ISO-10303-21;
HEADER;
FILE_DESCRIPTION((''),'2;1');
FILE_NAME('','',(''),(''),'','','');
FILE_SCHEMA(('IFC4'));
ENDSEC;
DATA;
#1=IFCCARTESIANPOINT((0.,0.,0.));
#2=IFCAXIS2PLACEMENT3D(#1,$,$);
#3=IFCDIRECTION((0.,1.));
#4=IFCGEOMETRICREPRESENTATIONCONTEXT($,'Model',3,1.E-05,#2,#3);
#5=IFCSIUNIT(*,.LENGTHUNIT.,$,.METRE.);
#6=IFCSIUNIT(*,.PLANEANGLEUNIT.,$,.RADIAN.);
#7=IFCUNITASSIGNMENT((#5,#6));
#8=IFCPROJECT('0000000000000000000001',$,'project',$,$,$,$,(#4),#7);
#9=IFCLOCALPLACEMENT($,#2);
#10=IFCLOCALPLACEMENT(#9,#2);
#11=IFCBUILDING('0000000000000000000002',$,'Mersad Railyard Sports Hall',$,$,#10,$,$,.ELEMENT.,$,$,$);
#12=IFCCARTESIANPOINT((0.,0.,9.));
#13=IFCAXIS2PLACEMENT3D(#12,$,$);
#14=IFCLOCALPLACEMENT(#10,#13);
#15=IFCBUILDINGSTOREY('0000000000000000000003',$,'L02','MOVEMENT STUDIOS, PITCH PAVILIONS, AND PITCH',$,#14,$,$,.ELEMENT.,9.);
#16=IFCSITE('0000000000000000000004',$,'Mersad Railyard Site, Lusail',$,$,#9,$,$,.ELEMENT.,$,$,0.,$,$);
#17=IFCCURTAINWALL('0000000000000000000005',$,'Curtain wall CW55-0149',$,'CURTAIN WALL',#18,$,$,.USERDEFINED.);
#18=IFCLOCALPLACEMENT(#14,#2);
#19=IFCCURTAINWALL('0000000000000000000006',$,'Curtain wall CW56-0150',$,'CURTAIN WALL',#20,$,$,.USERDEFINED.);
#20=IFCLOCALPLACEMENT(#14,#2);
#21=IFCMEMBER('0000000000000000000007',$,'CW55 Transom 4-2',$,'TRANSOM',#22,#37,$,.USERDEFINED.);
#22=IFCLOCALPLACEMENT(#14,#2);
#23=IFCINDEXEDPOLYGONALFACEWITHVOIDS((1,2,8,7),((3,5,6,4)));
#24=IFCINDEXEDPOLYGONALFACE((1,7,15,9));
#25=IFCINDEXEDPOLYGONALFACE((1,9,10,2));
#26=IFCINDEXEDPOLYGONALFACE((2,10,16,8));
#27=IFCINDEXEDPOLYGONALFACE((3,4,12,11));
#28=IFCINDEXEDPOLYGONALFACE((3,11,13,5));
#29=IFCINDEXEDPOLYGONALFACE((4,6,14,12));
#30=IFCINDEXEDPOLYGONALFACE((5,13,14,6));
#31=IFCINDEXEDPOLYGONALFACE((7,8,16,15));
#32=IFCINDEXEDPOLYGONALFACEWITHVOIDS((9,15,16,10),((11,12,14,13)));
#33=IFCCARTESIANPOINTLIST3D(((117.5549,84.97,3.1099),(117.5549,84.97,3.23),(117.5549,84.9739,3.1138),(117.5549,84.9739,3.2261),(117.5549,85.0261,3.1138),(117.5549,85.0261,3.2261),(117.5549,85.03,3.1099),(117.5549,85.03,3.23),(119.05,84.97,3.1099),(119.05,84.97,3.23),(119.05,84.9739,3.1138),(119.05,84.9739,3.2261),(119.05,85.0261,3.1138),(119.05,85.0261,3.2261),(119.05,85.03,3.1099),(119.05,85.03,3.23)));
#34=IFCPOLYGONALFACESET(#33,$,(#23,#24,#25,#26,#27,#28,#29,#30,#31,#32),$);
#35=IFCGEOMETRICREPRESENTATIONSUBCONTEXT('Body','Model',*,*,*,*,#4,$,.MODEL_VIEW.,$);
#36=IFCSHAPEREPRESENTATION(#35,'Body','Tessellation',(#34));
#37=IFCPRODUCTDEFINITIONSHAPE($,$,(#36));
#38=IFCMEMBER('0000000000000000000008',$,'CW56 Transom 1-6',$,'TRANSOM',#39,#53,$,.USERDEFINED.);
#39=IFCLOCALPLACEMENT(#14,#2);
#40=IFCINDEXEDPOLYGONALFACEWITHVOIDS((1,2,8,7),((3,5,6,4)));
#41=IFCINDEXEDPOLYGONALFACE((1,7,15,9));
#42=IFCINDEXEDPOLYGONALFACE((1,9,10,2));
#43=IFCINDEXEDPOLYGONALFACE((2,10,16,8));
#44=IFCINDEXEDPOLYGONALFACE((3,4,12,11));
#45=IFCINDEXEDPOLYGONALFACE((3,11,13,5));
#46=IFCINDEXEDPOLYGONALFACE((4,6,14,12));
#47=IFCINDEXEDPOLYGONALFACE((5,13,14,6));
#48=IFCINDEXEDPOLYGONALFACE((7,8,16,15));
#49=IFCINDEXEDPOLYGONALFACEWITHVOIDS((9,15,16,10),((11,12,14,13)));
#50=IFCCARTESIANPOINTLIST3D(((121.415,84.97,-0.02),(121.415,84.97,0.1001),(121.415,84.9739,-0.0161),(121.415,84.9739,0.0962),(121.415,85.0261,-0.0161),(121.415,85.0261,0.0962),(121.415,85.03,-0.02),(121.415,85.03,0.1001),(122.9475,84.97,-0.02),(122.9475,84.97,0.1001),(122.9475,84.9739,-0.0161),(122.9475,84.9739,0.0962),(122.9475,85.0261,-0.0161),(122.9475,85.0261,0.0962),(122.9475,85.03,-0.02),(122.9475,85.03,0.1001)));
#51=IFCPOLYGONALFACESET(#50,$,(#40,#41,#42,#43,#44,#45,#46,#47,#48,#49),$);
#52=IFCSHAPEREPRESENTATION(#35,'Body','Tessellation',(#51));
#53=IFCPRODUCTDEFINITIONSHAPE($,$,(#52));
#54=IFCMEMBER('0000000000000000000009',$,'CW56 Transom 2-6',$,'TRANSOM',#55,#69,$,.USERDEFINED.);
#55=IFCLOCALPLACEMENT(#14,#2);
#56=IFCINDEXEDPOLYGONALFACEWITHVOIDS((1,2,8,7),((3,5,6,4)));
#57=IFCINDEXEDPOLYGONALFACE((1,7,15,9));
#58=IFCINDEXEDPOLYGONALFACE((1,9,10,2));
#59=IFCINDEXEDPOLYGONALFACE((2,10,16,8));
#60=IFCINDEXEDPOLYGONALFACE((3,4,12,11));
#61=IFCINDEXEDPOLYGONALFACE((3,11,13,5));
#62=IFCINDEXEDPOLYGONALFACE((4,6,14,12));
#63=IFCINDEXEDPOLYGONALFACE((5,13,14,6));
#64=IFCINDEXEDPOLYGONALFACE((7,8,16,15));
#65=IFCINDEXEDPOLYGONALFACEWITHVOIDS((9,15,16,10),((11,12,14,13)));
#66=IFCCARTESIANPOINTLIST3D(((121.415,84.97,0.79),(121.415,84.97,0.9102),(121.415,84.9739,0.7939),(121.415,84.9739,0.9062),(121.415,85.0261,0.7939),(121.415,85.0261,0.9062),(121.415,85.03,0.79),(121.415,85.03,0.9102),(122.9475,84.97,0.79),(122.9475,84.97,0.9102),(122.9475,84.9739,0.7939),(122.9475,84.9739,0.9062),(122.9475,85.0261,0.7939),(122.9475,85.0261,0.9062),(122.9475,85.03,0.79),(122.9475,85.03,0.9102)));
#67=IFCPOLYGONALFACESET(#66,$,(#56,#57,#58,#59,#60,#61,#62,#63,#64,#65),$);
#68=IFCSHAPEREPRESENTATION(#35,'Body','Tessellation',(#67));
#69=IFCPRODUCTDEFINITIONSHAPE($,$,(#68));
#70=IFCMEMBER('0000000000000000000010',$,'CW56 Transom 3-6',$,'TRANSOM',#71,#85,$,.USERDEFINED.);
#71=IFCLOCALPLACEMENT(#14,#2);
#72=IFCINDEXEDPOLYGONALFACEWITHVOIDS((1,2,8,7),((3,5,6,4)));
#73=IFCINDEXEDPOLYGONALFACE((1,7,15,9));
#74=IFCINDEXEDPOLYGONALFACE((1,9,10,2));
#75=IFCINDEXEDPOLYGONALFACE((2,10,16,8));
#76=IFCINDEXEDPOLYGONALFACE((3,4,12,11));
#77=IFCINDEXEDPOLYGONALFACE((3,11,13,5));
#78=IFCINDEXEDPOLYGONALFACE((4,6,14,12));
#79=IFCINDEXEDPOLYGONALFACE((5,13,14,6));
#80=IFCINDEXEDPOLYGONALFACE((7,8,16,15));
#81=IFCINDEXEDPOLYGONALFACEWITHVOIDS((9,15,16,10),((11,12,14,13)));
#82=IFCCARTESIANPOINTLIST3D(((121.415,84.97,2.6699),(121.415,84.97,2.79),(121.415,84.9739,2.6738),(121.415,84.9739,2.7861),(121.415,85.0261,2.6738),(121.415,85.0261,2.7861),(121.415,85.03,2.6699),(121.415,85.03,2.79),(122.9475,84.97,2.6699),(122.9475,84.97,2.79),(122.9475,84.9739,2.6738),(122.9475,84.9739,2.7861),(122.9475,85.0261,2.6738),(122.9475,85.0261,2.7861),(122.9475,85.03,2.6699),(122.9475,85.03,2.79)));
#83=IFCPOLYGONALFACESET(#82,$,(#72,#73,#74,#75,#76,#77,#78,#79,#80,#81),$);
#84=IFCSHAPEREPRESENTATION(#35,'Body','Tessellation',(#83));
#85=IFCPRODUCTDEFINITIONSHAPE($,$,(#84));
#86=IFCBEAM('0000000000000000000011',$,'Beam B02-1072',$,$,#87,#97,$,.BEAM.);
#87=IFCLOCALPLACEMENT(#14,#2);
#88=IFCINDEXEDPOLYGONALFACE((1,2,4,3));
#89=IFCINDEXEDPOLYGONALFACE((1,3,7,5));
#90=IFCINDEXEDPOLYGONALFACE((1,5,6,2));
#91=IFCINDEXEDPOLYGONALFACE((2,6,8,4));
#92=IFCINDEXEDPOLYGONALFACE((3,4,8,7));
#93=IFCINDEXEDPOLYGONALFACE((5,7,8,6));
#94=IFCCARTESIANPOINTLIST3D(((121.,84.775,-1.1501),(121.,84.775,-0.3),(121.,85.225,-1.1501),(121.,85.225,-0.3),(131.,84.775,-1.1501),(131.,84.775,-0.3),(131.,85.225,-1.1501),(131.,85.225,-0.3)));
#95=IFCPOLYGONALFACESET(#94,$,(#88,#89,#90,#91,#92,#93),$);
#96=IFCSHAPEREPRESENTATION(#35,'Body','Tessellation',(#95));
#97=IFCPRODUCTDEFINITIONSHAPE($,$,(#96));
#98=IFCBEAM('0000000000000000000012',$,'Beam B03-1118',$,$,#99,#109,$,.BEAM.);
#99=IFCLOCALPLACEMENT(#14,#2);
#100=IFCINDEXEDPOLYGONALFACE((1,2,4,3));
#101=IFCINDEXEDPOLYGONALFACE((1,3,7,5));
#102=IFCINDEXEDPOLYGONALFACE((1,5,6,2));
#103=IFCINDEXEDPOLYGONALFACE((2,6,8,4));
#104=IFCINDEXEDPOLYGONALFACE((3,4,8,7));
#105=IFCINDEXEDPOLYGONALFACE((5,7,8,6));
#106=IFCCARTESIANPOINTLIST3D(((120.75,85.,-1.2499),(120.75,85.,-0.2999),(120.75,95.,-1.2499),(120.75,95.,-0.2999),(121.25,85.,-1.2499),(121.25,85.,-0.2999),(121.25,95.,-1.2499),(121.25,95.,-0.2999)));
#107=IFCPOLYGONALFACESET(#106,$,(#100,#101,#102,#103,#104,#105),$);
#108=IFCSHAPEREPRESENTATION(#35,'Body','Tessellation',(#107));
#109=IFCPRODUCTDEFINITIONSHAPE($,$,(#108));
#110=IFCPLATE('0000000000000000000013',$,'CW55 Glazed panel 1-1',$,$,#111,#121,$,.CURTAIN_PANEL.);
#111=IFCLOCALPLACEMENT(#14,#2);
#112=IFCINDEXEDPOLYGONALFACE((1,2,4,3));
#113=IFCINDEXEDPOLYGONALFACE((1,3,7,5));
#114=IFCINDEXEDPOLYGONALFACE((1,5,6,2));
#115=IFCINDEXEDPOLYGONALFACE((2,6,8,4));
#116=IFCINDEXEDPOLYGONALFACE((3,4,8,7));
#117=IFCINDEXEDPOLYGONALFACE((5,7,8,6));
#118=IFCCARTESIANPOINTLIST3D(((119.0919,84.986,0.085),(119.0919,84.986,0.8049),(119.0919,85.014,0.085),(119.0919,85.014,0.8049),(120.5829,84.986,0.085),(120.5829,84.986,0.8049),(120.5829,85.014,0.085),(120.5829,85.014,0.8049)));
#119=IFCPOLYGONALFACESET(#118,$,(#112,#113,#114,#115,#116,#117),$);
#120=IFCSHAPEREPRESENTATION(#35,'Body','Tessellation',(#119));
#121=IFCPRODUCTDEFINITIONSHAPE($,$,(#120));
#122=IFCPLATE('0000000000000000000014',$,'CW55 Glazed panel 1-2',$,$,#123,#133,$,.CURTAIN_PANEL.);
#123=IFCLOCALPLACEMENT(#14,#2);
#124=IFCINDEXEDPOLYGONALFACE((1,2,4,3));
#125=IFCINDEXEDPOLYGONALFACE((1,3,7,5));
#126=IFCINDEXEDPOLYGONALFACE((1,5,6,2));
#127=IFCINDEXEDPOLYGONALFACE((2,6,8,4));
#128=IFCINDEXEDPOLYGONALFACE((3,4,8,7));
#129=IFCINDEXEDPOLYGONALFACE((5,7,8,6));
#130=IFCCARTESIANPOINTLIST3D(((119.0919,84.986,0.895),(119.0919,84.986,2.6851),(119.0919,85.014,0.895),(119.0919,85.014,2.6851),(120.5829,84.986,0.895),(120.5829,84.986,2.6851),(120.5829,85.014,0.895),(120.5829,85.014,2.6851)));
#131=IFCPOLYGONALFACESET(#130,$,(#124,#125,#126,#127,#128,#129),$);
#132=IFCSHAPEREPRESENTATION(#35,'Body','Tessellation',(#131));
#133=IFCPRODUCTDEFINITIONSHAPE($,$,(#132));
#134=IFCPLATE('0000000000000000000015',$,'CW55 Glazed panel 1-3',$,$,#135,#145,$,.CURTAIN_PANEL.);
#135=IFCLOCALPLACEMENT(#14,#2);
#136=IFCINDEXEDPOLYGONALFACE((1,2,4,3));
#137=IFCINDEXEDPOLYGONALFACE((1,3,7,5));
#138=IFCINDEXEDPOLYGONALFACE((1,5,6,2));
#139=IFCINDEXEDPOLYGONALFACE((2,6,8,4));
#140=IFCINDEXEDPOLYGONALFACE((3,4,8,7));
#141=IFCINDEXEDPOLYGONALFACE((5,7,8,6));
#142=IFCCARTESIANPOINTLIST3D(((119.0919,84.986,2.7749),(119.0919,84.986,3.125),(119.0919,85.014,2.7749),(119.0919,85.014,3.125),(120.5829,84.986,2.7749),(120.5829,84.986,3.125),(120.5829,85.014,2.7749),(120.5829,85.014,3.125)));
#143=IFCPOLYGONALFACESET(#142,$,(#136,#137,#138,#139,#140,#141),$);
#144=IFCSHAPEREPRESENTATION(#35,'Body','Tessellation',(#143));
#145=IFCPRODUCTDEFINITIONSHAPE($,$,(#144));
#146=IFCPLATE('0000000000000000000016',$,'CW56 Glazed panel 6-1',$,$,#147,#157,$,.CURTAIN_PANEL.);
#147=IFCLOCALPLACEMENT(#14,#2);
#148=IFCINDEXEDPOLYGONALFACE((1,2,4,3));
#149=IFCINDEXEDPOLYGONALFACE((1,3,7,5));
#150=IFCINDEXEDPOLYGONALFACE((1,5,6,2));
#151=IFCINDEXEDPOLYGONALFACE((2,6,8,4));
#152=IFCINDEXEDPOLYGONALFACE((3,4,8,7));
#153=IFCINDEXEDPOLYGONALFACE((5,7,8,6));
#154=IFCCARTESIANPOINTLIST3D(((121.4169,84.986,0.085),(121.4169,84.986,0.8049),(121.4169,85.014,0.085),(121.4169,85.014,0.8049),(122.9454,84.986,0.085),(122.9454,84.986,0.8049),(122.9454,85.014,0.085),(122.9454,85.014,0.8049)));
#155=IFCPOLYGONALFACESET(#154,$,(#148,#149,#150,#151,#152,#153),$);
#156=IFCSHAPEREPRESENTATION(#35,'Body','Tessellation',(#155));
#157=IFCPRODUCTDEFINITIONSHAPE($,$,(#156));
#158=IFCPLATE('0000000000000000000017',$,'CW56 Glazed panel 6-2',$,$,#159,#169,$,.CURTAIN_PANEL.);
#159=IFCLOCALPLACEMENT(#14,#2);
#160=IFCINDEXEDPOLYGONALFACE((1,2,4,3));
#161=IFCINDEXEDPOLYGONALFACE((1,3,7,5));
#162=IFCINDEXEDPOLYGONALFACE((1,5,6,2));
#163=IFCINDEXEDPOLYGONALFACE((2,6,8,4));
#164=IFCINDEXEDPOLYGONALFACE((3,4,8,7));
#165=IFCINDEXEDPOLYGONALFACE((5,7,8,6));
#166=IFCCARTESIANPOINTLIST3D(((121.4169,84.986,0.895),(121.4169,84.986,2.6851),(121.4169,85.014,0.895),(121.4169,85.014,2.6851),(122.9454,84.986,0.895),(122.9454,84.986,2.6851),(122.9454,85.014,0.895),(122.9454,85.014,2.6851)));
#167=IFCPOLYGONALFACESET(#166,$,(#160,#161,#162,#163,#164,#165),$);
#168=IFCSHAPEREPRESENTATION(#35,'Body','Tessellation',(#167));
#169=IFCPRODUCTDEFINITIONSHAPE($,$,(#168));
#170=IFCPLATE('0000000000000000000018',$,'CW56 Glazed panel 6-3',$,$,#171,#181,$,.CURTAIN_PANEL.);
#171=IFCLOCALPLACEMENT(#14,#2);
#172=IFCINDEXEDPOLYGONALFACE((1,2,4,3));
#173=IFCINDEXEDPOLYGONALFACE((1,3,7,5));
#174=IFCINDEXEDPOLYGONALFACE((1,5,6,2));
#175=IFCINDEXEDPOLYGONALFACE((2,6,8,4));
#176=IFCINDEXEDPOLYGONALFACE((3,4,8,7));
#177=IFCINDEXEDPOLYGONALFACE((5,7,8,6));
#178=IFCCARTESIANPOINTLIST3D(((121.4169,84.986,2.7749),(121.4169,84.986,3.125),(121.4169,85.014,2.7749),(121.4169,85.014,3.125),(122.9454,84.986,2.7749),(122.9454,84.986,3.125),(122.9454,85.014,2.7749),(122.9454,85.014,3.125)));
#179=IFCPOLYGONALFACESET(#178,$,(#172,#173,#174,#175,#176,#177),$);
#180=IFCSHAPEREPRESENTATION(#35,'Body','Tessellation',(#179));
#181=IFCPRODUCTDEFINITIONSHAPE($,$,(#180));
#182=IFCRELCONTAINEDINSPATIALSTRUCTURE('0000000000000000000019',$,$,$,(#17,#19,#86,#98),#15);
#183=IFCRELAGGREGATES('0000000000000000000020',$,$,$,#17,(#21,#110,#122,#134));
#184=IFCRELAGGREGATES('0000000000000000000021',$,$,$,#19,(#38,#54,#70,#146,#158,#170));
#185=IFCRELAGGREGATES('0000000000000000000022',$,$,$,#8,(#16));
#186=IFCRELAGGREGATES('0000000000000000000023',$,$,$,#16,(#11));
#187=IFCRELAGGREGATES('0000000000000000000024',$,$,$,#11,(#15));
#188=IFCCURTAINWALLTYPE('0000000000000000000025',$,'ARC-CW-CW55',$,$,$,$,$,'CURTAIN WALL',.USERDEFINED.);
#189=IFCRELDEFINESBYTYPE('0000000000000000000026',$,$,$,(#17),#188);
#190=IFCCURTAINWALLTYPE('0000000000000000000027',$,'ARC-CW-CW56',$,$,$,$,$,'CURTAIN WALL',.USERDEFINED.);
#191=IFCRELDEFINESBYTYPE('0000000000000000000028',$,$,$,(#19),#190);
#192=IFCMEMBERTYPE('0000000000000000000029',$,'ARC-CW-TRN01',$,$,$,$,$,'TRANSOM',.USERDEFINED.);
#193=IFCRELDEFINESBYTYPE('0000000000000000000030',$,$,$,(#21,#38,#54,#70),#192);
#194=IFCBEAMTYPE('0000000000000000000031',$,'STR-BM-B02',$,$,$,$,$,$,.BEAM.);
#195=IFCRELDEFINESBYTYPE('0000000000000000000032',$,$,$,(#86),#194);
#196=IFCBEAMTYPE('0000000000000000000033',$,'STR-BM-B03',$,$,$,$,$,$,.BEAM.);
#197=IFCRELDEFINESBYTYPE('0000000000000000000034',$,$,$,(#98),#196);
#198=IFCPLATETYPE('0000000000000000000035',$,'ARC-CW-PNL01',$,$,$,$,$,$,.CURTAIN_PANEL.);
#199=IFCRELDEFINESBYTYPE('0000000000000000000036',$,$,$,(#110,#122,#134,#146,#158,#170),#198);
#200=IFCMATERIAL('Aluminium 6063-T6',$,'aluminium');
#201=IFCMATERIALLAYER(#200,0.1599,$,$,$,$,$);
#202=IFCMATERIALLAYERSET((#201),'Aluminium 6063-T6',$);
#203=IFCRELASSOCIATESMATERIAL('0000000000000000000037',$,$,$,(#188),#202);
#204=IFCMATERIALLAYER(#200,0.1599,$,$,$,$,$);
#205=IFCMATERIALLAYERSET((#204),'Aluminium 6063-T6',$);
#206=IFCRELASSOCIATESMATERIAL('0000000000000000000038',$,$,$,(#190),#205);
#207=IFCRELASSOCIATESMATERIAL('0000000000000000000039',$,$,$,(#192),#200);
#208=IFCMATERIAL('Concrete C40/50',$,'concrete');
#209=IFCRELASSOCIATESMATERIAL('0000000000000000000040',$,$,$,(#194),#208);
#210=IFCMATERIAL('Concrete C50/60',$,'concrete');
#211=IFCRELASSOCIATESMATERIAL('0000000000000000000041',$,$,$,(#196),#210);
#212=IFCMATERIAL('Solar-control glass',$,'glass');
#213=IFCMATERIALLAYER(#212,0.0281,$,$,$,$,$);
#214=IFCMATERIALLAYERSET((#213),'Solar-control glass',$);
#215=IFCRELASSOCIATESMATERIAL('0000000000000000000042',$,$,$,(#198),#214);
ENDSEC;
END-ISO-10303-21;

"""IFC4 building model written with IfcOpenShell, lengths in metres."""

from ifc_helpers import new_model, si_unit, direction, frame, origin, origin_2d, place, context, subcontext, project, spatial, rectangle, hollow_rectangle, extrude, material, layer, layer_set, material_profile, profile_set, type_object, element, aggregate, save


model = new_model("IFC4")

# Units and contexts
model_context = context("Model", 3, precision=1e-05, world=origin(), true_north=direction((0.0, 1.0)))
body_context = subcontext(model_context, "Body", "Model", "MODEL_VIEW")
ifc_project = project(units=[si_unit("LENGTHUNIT", "METRE"), si_unit("PLANEANGLEUNIT", "RADIAN")], contexts=[model_context])

# Site, building, storey
site_placement = place(None, origin())
site = spatial("IfcSite", under=ifc_project, at=site_placement, Name="Mersad Railyard Site, Lusail", CompositionType="ELEMENT", RefElevation=0.0)
building_placement = place(site_placement, origin())
building = spatial("IfcBuilding", under=site, at=building_placement, Name="Mersad Railyard Sports Hall", CompositionType="ELEMENT")
storey_placement = place(building_placement, frame((0.0, 0.0, 9.0)))
storey = spatial("IfcBuildingStorey", under=building, at=storey_placement, Name="L02", Description="MOVEMENT STUDIOS, PITCH PAVILIONS, AND PITCH", CompositionType="ELEMENT", Elevation=9.0)

# Shared definitions
ifc_material_1 = material(Name="Concrete C50/60", Category="concrete")

# Curtain wall
ifc_material_2 = material(Name="Aluminium 6063-T6", Category="aluminium")
ifc_layer_1 = layer(ifc_material_2, 0.1599)
ifc_layer_set_1 = layer_set([ifc_layer_1], Name="Aluminium 6063-T6")
curtain_wall_type_1 = type_object("IfcCurtainWallType", Name="ARC-CW-CW55", ElementType="CURTAIN WALL", PredefinedType="USERDEFINED", material=ifc_layer_set_1)
curtain_wall_1_placement = place(storey_placement, origin())
curtain_wall_1 = element("IfcCurtainWall", 1, at=curtain_wall_1_placement, inside=storey, type_object=curtain_wall_type_1, Name="Curtain wall CW55-0149", ObjectType="CURTAIN WALL", PredefinedType="USERDEFINED")

# Curtain wall
ifc_layer_2 = layer(ifc_material_2, 0.1599)
ifc_layer_set_2 = layer_set([ifc_layer_2], Name="Aluminium 6063-T6")
curtain_wall_type_2 = type_object("IfcCurtainWallType", Name="ARC-CW-CW56", ElementType="CURTAIN WALL", PredefinedType="USERDEFINED", material=ifc_layer_set_2)
curtain_wall_2_placement = place(storey_placement, origin())
curtain_wall_2 = element("IfcCurtainWall", 2, at=curtain_wall_2_placement, inside=storey, type_object=curtain_wall_type_2, Name="Curtain wall CW56-0150", ObjectType="CURTAIN WALL", PredefinedType="USERDEFINED")

# Members
ifc_material_profile_1 = material_profile(ifc_material_2, hollow_rectangle(XDim=0.0601, YDim=0.1201, WallThickness=0.0039, at=origin_2d()), Name="AL TRANSOM 60x120x4")
ifc_profile_set_1 = profile_set([ifc_material_profile_1], Name="Aluminium 6063-T6")
member_type_1 = type_object("IfcMemberType", Name="ARC-CW-TRN01", ElementType="TRANSOM", PredefinedType="USERDEFINED", material=ifc_profile_set_1)
member_1_placement = place(storey_placement, frame((119.05, 85.0, 3.1699), z_axis=(-1.0, 0.0, 0.0), x_axis=(0.0, -1.0, 0.0)))
member_1 = element("IfcMember", 3, at=member_1_placement, type_object=member_type_1, Name="CW55 Transom 4-2", ObjectType="TRANSOM", PredefinedType="USERDEFINED", context=body_context, shape_type="SweptSolid", body=[
    extrude(hollow_rectangle(XDim=0.0601, YDim=0.1201, WallThickness=0.0039, at=origin_2d()), origin(), (0.0, 0.0, 1.0), 1.4951),
])
member_2_placement = place(storey_placement, frame((122.9475, 85.0, 0.04), z_axis=(-1.0, 0.0, 0.0), x_axis=(0.0, -1.0, 0.0)))
member_2 = element("IfcMember", 4, at=member_2_placement, type_object=member_type_1, Name="CW56 Transom 1-6", ObjectType="TRANSOM", PredefinedType="USERDEFINED", context=body_context, shape_type="SweptSolid", body=[
    extrude(hollow_rectangle(XDim=0.0601, YDim=0.1201, WallThickness=0.0039, at=origin_2d()), origin(), (0.0, 0.0, 1.0), 1.5325),
])
member_3_placement = place(storey_placement, frame((122.9475, 85.0, 0.8501), z_axis=(-1.0, 0.0, 0.0), x_axis=(0.0, -1.0, 0.0)))
member_3 = element("IfcMember", 5, at=member_3_placement, type_object=member_type_1, Name="CW56 Transom 2-6", ObjectType="TRANSOM", PredefinedType="USERDEFINED", context=body_context, shape_type="SweptSolid", body=[
    extrude(hollow_rectangle(XDim=0.0601, YDim=0.1201, WallThickness=0.0039, at=origin_2d()), origin(), (0.0, 0.0, 1.0), 1.5325),
])
member_4_placement = place(storey_placement, frame((122.9475, 85.0, 2.73), z_axis=(-1.0, 0.0, 0.0), x_axis=(0.0, -1.0, 0.0)))
member_4 = element("IfcMember", 6, at=member_4_placement, type_object=member_type_1, Name="CW56 Transom 3-6", ObjectType="TRANSOM", PredefinedType="USERDEFINED", context=body_context, shape_type="SweptSolid", body=[
    extrude(hollow_rectangle(XDim=0.0601, YDim=0.1201, WallThickness=0.0039, at=origin_2d()), origin(), (0.0, 0.0, 1.0), 1.5325),
])

# Beams
ifc_material_3 = material(Name="Concrete C40/50", Category="concrete")
ifc_material_profile_2 = material_profile(ifc_material_3, rectangle(XDim=0.45, YDim=0.8501, at=origin_2d()), Name="RC 450x850")
ifc_profile_set_2 = profile_set([ifc_material_profile_2], Name="Concrete C40/50")
beam_type_1 = type_object("IfcBeamType", Name="STR-BM-B02", PredefinedType="BEAM", material=ifc_profile_set_2)
beam_1_placement = place(storey_placement, frame((121.0, 85.0, -0.7251), z_axis=(1.0, 0.0, 0.0), x_axis=(0.0, 1.0, 0.0)))
element("IfcBeam", 7, at=beam_1_placement, inside=storey, type_object=beam_type_1, Name="Beam B02-1072", PredefinedType="BEAM", context=body_context, shape_type="SweptSolid", body=[
    extrude(rectangle(XDim=0.45, YDim=0.8501, at=origin_2d()), origin(), (0.0, 0.0, 1.0), 10.0),
])
ifc_material_profile_3 = material_profile(ifc_material_1, rectangle(XDim=0.5, YDim=0.95, at=origin_2d()), Name="RC 500x950")
ifc_profile_set_3 = profile_set([ifc_material_profile_3], Name="Concrete C50/60")
beam_type_2 = type_object("IfcBeamType", Name="STR-BM-B03", PredefinedType="BEAM", material=ifc_profile_set_3)
beam_2_placement = place(storey_placement, frame((121.0, 85.0, -0.7749), z_axis=(0.0, 1.0, 0.0), x_axis=(-1.0, 0.0, 0.0)))
element("IfcBeam", 8, at=beam_2_placement, inside=storey, type_object=beam_type_2, Name="Beam B03-1118", PredefinedType="BEAM", context=body_context, shape_type="SweptSolid", body=[
    extrude(rectangle(XDim=0.5, YDim=0.95, at=origin_2d()), origin(), (0.0, 0.0, 1.0), 10.0),
])

# Plates
ifc_material_4 = material(Name="Solar-control glass", Category="glass")
ifc_layer_3 = layer(ifc_material_4, 0.0281)
ifc_layer_set_3 = layer_set([ifc_layer_3], Name="Solar-control glass")
plate_type = type_object("IfcPlateType", Name="ARC-CW-PNL01", PredefinedType="CURTAIN_PANEL", material=ifc_layer_set_3)
plate_1_placement = place(storey_placement, frame((119.8374, 85.0, 0.085), z_axis=(0.0, 0.0, 1.0), x_axis=(-1.0, 0.0, 0.0)))
plate_1 = element("IfcPlate", 9, at=plate_1_placement, type_object=plate_type, Name="CW55 Glazed panel 1-1", PredefinedType="CURTAIN_PANEL", context=body_context, shape_type="SweptSolid", body=[
    extrude(rectangle(XDim=1.491, YDim=0.0281, at=origin_2d()), origin(), (0.0, 0.0, 1.0), 0.72),
])
plate_2_placement = place(storey_placement, frame((119.8374, 85.0, 0.895), z_axis=(0.0, 0.0, 1.0), x_axis=(-1.0, 0.0, 0.0)))
plate_2 = element("IfcPlate", 10, at=plate_2_placement, type_object=plate_type, Name="CW55 Glazed panel 1-2", PredefinedType="CURTAIN_PANEL", context=body_context, shape_type="SweptSolid", body=[
    extrude(rectangle(XDim=1.491, YDim=0.0281, at=origin_2d()), origin(), (0.0, 0.0, 1.0), 1.79),
])
plate_3_placement = place(storey_placement, frame((119.8374, 85.0, 2.7749), z_axis=(0.0, 0.0, 1.0), x_axis=(-1.0, 0.0, 0.0)))
plate_3 = element("IfcPlate", 11, at=plate_3_placement, type_object=plate_type, Name="CW55 Glazed panel 1-3", PredefinedType="CURTAIN_PANEL", context=body_context, shape_type="SweptSolid", body=[
    extrude(rectangle(XDim=1.491, YDim=0.0281, at=origin_2d()), origin(), (0.0, 0.0, 1.0), 0.3501),
])
aggregate(curtain_wall_1, [member_1, plate_1, plate_2, plate_3])
plate_4_placement = place(storey_placement, frame((122.1812, 85.0, 0.085), z_axis=(0.0, 0.0, 1.0), x_axis=(-1.0, 0.0, 0.0)))
plate_4 = element("IfcPlate", 12, at=plate_4_placement, type_object=plate_type, Name="CW56 Glazed panel 6-1", PredefinedType="CURTAIN_PANEL", context=body_context, shape_type="SweptSolid", body=[
    extrude(rectangle(XDim=1.5286, YDim=0.0281, at=origin_2d()), origin(), (0.0, 0.0, 1.0), 0.72),
])
plate_5_placement = place(storey_placement, frame((122.1812, 85.0, 0.895), z_axis=(0.0, 0.0, 1.0), x_axis=(-1.0, 0.0, 0.0)))
plate_5 = element("IfcPlate", 13, at=plate_5_placement, type_object=plate_type, Name="CW56 Glazed panel 6-2", PredefinedType="CURTAIN_PANEL", context=body_context, shape_type="SweptSolid", body=[
    extrude(rectangle(XDim=1.5286, YDim=0.0281, at=origin_2d()), origin(), (0.0, 0.0, 1.0), 1.79),
])
plate_6_placement = place(storey_placement, frame((122.1812, 85.0, 2.7749), z_axis=(0.0, 0.0, 1.0), x_axis=(-1.0, 0.0, 0.0)))
plate_6 = element("IfcPlate", 14, at=plate_6_placement, type_object=plate_type, Name="CW56 Glazed panel 6-3", PredefinedType="CURTAIN_PANEL", context=body_context, shape_type="SweptSolid", body=[
    extrude(rectangle(XDim=1.5286, YDim=0.0281, at=origin_2d()), origin(), (0.0, 0.0, 1.0), 0.3501),
])
aggregate(curtain_wall_2, [member_2, member_3, member_4, plate_4, plate_5, plate_6])

save(model, "model.ifc")
